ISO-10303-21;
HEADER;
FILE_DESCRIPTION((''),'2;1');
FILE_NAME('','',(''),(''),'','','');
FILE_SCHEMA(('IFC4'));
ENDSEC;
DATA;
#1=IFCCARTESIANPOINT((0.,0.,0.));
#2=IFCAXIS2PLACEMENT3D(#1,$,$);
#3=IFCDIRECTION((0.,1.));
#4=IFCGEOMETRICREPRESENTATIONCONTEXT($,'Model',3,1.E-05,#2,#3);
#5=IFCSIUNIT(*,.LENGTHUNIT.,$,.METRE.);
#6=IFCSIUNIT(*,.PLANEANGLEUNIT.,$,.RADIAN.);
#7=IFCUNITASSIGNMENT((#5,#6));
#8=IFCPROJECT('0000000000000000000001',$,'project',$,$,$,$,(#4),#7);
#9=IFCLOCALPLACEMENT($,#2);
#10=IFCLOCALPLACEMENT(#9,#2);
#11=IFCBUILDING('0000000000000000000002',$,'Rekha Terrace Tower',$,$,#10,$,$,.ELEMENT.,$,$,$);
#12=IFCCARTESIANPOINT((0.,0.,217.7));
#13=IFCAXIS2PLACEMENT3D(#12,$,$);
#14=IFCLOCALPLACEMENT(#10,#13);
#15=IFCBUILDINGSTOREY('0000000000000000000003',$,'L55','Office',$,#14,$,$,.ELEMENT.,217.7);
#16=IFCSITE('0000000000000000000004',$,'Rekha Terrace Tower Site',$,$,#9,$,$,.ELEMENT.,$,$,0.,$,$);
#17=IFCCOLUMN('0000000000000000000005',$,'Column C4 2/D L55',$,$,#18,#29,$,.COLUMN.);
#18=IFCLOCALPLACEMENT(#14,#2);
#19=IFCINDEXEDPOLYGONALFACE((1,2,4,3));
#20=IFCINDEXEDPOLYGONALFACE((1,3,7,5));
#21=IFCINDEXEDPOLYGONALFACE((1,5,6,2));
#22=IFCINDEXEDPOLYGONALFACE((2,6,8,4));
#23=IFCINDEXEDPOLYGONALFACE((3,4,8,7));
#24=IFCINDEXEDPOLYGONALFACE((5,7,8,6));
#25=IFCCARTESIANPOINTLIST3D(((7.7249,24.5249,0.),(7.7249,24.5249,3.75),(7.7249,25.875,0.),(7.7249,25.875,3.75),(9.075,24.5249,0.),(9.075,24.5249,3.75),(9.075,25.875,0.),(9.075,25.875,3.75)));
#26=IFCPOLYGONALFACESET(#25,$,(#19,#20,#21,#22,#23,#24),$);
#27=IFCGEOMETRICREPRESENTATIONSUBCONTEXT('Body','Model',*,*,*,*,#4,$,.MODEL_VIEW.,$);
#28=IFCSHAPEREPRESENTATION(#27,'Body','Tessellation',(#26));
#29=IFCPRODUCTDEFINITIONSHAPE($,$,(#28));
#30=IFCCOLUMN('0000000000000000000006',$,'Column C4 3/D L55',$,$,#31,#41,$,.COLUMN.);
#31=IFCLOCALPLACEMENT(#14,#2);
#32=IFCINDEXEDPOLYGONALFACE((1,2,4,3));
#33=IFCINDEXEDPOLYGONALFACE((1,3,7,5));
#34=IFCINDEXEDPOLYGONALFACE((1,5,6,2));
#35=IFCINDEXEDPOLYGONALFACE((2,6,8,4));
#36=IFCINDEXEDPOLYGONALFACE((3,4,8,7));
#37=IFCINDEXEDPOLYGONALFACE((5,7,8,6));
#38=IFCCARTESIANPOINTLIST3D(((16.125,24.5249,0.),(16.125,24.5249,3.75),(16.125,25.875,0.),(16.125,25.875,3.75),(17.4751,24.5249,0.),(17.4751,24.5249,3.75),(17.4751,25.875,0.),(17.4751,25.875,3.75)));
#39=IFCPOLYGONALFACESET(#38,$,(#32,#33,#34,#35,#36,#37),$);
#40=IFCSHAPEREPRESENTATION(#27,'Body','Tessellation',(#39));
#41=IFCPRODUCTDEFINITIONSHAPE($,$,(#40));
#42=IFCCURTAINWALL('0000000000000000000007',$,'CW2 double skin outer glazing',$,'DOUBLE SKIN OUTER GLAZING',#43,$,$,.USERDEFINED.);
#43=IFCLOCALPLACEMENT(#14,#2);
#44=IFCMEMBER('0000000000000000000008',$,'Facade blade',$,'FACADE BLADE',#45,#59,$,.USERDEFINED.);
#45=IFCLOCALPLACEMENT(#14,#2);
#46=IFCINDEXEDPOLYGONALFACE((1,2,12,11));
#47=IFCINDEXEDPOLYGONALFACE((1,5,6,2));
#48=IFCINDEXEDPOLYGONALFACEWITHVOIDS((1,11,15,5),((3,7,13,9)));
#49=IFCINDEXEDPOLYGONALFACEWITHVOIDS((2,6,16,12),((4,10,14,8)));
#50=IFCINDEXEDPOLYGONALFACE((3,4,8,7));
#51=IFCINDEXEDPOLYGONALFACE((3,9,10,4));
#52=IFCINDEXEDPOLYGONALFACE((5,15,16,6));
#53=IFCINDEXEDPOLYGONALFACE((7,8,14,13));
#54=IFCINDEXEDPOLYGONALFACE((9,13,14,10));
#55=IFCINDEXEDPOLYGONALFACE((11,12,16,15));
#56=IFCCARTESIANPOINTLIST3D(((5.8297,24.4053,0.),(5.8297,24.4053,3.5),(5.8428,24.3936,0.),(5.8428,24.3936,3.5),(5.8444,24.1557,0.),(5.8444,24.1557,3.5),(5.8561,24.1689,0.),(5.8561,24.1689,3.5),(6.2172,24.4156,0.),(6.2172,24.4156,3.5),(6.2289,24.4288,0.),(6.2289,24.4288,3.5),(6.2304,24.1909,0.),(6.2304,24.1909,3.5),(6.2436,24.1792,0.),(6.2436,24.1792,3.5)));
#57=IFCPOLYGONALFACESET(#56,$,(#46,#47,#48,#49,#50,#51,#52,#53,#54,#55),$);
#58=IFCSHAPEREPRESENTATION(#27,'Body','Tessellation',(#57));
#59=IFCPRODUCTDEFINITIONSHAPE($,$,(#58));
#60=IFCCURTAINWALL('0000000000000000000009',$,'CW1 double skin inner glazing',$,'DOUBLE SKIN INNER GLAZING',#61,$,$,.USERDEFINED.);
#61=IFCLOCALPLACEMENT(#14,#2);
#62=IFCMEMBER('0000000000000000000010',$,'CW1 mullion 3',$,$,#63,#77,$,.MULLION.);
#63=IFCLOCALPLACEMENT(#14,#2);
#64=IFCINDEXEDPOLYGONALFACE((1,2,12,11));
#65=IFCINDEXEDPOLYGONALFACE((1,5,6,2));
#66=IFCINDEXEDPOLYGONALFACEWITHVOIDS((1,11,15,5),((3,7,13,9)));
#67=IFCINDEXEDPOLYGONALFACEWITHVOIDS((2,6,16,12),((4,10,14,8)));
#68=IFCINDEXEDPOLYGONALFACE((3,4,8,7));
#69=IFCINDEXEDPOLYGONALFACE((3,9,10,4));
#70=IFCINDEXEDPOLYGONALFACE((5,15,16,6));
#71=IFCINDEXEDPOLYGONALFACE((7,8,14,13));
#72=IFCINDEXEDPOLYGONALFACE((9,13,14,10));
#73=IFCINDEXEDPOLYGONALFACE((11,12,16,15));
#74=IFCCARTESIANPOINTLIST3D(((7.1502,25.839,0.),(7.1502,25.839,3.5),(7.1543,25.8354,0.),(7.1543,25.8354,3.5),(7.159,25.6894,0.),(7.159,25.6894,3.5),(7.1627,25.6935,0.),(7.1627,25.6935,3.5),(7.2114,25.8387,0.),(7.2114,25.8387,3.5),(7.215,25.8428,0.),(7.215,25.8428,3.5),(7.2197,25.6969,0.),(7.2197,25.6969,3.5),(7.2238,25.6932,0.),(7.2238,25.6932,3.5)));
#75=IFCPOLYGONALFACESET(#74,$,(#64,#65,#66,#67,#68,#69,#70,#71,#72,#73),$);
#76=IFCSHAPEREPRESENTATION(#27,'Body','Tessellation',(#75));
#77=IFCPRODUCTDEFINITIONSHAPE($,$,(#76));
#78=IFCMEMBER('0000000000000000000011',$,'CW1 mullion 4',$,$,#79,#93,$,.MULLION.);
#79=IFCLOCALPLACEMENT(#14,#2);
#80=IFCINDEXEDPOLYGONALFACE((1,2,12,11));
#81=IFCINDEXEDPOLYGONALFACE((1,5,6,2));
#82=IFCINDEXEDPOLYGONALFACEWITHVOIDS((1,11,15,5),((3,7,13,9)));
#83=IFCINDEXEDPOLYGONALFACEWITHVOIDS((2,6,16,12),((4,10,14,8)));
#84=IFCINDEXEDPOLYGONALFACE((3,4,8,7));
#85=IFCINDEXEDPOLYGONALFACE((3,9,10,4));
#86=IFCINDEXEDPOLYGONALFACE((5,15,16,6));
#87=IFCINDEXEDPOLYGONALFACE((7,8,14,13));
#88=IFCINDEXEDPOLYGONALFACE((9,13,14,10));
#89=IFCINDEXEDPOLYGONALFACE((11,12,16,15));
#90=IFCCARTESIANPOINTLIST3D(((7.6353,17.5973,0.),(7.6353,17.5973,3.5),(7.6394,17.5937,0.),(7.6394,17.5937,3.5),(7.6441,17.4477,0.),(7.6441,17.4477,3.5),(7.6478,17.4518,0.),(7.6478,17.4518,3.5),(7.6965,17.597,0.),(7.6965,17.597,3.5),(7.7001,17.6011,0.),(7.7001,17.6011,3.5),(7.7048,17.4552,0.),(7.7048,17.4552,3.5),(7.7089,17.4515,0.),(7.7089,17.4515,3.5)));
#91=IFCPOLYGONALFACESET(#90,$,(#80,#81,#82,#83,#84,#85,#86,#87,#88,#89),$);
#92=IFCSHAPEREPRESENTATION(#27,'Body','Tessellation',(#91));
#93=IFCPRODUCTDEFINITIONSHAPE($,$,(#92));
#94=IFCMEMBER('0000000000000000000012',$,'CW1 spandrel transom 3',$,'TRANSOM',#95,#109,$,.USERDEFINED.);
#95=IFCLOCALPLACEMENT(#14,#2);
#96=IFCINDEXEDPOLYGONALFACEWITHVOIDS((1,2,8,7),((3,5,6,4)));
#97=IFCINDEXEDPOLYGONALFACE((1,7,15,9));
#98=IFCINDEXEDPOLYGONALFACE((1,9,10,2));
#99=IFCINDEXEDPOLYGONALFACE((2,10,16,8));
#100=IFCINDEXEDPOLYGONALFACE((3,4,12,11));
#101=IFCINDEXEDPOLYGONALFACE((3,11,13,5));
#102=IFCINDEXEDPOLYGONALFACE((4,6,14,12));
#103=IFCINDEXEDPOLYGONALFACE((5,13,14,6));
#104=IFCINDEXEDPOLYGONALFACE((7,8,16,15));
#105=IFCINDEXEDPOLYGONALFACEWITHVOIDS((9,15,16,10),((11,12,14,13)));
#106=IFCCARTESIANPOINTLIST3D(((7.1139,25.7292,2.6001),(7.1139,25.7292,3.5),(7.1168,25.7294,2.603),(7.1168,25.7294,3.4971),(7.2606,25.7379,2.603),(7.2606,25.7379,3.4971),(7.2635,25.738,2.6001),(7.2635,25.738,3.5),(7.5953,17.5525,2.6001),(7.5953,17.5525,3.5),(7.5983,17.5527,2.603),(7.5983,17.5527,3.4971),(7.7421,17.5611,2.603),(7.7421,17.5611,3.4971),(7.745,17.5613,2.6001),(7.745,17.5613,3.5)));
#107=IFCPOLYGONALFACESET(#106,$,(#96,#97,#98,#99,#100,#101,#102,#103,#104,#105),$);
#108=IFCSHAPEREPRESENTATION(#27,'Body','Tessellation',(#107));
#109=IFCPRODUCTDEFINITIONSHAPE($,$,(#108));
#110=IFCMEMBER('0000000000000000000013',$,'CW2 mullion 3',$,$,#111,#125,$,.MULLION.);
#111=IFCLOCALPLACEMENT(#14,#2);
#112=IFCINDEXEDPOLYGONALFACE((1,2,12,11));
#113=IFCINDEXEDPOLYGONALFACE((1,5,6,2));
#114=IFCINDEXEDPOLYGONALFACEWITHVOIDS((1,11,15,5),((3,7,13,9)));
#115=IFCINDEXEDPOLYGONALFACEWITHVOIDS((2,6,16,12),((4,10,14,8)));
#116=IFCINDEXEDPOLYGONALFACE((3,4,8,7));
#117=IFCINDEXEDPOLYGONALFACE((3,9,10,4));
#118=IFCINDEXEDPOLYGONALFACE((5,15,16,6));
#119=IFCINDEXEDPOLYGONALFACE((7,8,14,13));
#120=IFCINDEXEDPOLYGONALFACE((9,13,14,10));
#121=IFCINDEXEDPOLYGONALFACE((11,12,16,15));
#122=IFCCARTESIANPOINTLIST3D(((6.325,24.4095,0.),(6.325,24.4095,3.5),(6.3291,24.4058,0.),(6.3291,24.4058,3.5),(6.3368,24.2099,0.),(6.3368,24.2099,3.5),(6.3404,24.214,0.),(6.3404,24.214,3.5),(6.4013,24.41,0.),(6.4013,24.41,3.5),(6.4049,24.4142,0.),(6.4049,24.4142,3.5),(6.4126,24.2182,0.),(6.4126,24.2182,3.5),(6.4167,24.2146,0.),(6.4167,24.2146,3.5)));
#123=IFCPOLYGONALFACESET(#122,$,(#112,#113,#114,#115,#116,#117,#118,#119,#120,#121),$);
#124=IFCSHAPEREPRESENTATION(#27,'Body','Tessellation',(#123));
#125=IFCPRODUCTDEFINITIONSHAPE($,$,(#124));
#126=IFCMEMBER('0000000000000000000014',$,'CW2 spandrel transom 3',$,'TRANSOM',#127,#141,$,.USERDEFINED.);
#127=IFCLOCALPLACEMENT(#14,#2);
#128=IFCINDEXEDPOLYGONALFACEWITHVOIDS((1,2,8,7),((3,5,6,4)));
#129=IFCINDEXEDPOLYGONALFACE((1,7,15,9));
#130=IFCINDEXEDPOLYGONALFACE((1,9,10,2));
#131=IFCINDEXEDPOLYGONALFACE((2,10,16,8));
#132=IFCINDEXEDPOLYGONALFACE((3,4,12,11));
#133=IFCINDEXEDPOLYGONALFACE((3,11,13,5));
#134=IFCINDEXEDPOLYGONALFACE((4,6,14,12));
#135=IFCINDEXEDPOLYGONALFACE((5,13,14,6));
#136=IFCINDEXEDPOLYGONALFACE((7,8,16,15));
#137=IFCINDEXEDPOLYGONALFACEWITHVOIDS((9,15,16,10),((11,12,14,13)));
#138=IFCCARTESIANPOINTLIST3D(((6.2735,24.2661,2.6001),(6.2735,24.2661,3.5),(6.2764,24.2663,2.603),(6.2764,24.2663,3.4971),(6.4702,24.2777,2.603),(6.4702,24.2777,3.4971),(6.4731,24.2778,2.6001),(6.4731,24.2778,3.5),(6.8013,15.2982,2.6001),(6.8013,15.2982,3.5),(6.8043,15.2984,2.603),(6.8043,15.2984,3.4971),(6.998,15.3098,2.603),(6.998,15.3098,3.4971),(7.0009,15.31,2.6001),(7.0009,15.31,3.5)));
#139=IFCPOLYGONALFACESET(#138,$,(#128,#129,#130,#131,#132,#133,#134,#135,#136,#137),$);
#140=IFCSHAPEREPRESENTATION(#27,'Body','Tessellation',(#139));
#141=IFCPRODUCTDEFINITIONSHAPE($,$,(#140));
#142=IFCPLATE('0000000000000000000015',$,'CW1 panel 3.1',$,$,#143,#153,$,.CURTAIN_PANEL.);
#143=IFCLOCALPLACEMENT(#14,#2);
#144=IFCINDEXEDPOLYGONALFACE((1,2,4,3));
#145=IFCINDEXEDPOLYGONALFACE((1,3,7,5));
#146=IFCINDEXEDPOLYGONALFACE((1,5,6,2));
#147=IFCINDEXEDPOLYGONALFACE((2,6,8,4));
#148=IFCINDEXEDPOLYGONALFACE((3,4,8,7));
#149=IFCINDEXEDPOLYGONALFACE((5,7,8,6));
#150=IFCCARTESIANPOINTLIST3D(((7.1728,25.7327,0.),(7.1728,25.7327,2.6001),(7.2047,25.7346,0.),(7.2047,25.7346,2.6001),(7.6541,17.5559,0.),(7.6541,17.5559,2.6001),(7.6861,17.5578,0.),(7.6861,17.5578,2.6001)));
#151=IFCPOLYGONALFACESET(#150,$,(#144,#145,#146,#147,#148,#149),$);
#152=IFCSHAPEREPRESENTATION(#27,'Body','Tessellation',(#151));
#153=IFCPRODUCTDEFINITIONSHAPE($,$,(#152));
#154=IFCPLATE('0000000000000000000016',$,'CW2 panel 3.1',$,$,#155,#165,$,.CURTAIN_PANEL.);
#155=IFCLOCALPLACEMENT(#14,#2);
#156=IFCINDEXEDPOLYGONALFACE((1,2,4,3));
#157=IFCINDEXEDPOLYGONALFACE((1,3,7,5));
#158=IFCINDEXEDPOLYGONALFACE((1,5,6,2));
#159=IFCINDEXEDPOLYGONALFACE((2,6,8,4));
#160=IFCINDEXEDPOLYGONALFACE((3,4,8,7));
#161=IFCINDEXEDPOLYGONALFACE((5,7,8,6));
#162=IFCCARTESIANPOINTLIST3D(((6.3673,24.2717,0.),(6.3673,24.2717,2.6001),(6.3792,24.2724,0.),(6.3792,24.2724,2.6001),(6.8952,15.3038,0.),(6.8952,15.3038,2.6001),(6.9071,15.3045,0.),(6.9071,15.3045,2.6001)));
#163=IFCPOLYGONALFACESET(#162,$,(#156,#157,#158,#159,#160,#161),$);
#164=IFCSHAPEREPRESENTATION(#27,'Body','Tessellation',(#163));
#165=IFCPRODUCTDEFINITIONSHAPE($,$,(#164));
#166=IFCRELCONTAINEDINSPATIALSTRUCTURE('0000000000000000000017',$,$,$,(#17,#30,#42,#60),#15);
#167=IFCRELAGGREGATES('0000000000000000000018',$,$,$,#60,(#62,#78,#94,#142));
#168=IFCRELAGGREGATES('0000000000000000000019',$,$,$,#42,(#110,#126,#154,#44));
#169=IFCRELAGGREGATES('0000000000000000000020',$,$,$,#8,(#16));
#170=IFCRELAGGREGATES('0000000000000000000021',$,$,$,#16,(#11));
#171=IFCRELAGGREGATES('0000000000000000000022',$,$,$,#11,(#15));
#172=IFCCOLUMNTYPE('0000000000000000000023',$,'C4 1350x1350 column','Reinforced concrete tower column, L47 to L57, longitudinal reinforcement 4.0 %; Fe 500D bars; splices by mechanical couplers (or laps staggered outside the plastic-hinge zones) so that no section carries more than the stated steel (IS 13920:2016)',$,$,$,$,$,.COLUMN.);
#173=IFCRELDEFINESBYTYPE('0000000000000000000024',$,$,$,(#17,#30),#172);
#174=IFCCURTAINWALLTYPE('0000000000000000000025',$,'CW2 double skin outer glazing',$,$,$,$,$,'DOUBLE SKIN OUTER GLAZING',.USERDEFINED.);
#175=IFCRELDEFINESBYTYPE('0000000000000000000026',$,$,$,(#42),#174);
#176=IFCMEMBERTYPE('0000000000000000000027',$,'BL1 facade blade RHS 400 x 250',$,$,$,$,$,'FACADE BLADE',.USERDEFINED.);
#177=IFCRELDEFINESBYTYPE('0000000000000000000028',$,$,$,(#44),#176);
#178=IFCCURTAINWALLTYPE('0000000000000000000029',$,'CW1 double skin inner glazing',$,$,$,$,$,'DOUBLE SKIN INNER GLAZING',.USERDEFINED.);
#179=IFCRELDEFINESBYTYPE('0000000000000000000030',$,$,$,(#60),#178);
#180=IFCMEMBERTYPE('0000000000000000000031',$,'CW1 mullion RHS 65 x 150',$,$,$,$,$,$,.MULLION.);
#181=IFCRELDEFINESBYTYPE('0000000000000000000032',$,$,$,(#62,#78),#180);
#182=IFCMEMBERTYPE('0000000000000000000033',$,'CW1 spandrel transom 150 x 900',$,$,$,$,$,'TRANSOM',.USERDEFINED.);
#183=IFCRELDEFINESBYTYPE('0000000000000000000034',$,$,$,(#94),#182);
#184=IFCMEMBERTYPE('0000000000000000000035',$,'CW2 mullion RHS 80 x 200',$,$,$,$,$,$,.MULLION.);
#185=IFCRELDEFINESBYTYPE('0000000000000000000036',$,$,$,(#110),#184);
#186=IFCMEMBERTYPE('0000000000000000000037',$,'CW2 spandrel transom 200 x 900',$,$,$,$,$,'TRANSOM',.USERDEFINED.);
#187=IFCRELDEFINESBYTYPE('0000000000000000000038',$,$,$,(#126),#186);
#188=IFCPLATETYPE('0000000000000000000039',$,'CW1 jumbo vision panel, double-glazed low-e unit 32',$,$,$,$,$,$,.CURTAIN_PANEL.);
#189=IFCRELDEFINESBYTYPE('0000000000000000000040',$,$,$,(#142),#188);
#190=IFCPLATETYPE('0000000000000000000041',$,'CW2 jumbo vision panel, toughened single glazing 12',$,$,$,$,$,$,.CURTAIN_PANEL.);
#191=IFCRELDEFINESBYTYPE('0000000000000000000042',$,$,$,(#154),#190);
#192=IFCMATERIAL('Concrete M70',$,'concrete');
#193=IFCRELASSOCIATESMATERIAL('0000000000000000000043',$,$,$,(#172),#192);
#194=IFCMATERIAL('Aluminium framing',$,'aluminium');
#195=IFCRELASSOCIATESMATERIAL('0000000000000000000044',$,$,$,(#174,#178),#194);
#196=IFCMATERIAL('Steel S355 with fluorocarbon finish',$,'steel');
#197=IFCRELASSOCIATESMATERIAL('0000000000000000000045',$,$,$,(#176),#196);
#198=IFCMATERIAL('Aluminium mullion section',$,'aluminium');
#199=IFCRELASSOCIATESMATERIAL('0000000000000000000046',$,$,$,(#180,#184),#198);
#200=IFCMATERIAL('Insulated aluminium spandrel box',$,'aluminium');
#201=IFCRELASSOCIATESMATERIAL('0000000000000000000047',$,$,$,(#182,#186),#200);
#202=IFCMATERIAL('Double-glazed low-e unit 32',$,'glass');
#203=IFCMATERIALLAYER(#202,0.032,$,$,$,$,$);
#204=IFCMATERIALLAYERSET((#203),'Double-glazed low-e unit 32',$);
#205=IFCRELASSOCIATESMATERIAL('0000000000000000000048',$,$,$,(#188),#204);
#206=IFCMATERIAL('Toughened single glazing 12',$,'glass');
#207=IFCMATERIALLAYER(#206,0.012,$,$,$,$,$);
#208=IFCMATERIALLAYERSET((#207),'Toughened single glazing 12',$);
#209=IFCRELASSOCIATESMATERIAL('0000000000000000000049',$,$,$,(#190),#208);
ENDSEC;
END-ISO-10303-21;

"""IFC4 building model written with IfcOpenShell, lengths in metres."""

from ifc_helpers import new_model, si_unit, direction, frame, origin, origin_2d, place, context, subcontext, project, spatial, rectangle, hollow_rectangle, extrude, material, layer, layer_set, material_profile, profile_set, type_object, element, aggregate, save


model = new_model("IFC4")

# Units and contexts
model_context = context("Model", 3, precision=1e-05, world=origin(), true_north=direction((0.0, 1.0)))
body_context = subcontext(model_context, "Body", "Model", "MODEL_VIEW")
ifc_project = project(units=[si_unit("LENGTHUNIT", "METRE"), si_unit("PLANEANGLEUNIT", "RADIAN")], contexts=[model_context])

# Site, building, storey
site_placement = place(None, origin())
site = spatial("IfcSite", under=ifc_project, at=site_placement, Name="Rekha Terrace Tower Site", CompositionType="ELEMENT", RefElevation=0.0)
building_placement = place(site_placement, origin())
building = spatial("IfcBuilding", under=site, at=building_placement, Name="Rekha Terrace Tower", CompositionType="ELEMENT")
storey_placement = place(building_placement, frame((0.0, 0.0, 217.7)))
storey = spatial("IfcBuildingStorey", under=building, at=storey_placement, Name="L55", Description="Office", CompositionType="ELEMENT", Elevation=217.7)

# Columns
ifc_material_1 = material(Name="Concrete M70", Category="concrete")
ifc_material_profile_1 = material_profile(ifc_material_1, rectangle(XDim=1.3501, YDim=1.3501, at=origin_2d()), Name="RC 1350x1350")
ifc_profile_set_1 = profile_set([ifc_material_profile_1], Name="Concrete M70")
column_type = type_object("IfcColumnType", Name="C4 1350x1350 column", Description="Reinforced concrete tower column, L47 to L57, longitudinal reinforcement 4.0 %; Fe 500D bars; splices by mechanical couplers (or laps staggered outside the plastic-hinge zones) so that no section carries more than the stated steel (IS 13920:2016)", PredefinedType="COLUMN", material=ifc_profile_set_1)
for number, where, z_axis, x_axis, name in (
    (1, (8.3999, 25.2, 0.0), (0.0, 0.0, 1.0), (1.0, 0.0, 0.0), "Column C4 2/D L55"),
    (2, (16.8, 25.2, 0.0), (0.0, 0.0, 1.0), (1.0, 0.0, 0.0), "Column C4 3/D L55"),
):
    element("IfcColumn", number, at=place(storey_placement, frame(where, z_axis=z_axis, x_axis=x_axis)), inside=storey, type_object=column_type, Name=name, PredefinedType="COLUMN", context=body_context, shape_type="SweptSolid", body=[
        extrude(rectangle(XDim=1.3501, YDim=1.3501, at=origin_2d()), origin(), (0.0, 0.0, 1.0), 3.75),
    ])

# Curtain wall, member
ifc_material_2 = material(Name="Aluminium framing", Category="aluminium")
curtain_wall_type_1 = type_object("IfcCurtainWallType", Name="CW2 double skin outer glazing", ElementType="DOUBLE SKIN OUTER GLAZING", PredefinedType="USERDEFINED", material=ifc_material_2)
curtain_wall_1_placement = place(storey_placement, origin())
curtain_wall_1 = element("IfcCurtainWall", 3, at=curtain_wall_1_placement, inside=storey, type_object=curtain_wall_type_1, Name="CW2 double skin outer glazing", ObjectType="DOUBLE SKIN OUTER GLAZING", PredefinedType="USERDEFINED")
ifc_material_3 = material(Name="Steel S355 with fluorocarbon finish", Category="steel")
ifc_material_profile_2 = material_profile(ifc_material_3, hollow_rectangle(XDim=0.25, YDim=0.3999, WallThickness=0.0125, at=origin_2d()), Name="RHS400x250x12.5")
ifc_profile_set_2 = profile_set([ifc_material_profile_2], Name="Steel S355 with fluorocarbon finish")
member_type_1 = type_object("IfcMemberType", Name="BL1 facade blade RHS 400 x 250", ElementType="FACADE BLADE", PredefinedType="USERDEFINED", material=ifc_profile_set_2)
member_1_placement = place(storey_placement, frame((6.0366, 24.2922, 0.0), z_axis=(0.0, 0.0, 1.0), x_axis=(0.058765, -0.998272, 0.0)))
member_1 = element("IfcMember", 4, at=member_1_placement, type_object=member_type_1, Name="Facade blade", ObjectType="FACADE BLADE", PredefinedType="USERDEFINED", context=body_context, shape_type="SweptSolid", body=[
    extrude(hollow_rectangle(XDim=0.25, YDim=0.3999, WallThickness=0.0125, at=origin_2d()), origin(), (0.0, 0.0, 1.0), 3.5),
])

# Curtain wall, members
curtain_wall_type_2 = type_object("IfcCurtainWallType", Name="CW1 double skin inner glazing", ElementType="DOUBLE SKIN INNER GLAZING", PredefinedType="USERDEFINED", material=ifc_material_2)
curtain_wall_2_placement = place(storey_placement, origin())
curtain_wall_2 = element("IfcCurtainWall", 5, at=curtain_wall_2_placement, inside=storey, type_object=curtain_wall_type_2, Name="CW1 double skin inner glazing", ObjectType="DOUBLE SKIN INNER GLAZING", PredefinedType="USERDEFINED")
ifc_material_4 = material(Name="Aluminium mullion section", Category="aluminium")
ifc_material_profile_3 = material_profile(ifc_material_4, hollow_rectangle(XDim=0.0649, YDim=0.1499, WallThickness=0.0039, at=origin_2d()), Name="AL RHS 65x150")
ifc_profile_set_3 = profile_set([ifc_material_profile_3], Name="Aluminium mullion section")
member_type_2 = type_object("IfcMemberType", Name="CW1 mullion RHS 65 x 150", PredefinedType="MULLION", material=ifc_profile_set_3)
member_2_placement = place(storey_placement, frame((7.187, 25.7661, 0.0), z_axis=(0.0, 0.0, 1.0), x_axis=(0.998272, 0.058765, 0.0)))
member_2 = element("IfcMember", 6, at=member_2_placement, type_object=member_type_2, Name="CW1 mullion 3", PredefinedType="MULLION", context=body_context, shape_type="SweptSolid", body=[
    extrude(hollow_rectangle(XDim=0.0649, YDim=0.1499, WallThickness=0.0039, at=origin_2d()), origin(), (0.0, 0.0, 1.0), 3.5),
])
member_3_placement = place(storey_placement, frame((7.6721, 17.5244, 0.0), z_axis=(0.0, 0.0, 1.0), x_axis=(0.998272, 0.058765, 0.0)))
member_3 = element("IfcMember", 7, at=member_3_placement, type_object=member_type_2, Name="CW1 mullion 4", PredefinedType="MULLION", context=body_context, shape_type="SweptSolid", body=[
    extrude(hollow_rectangle(XDim=0.0649, YDim=0.1499, WallThickness=0.0039, at=origin_2d()), origin(), (0.0, 0.0, 1.0), 3.5),
])
ifc_material_5 = material(Name="Insulated aluminium spandrel box", Category="aluminium")
ifc_material_profile_4 = material_profile(ifc_material_5, hollow_rectangle(XDim=0.1499, YDim=0.8999, WallThickness=0.0029, at=origin_2d()), Name="AL SPANDREL BOX 150x900")
ifc_profile_set_4 = profile_set([ifc_material_profile_4], Name="Insulated aluminium spandrel box")
member_type_3 = type_object("IfcMemberType", Name="CW1 spandrel transom 150 x 900", ElementType="TRANSOM", PredefinedType="USERDEFINED", material=ifc_profile_set_4)
member_4_placement = place(storey_placement, frame((7.1887, 25.7336, 3.05), z_axis=(0.058778, -0.998271, 0.0), x_axis=(0.998271, 0.058778, 0.0)))
member_4 = element("IfcMember", 8, at=member_4_placement, type_object=member_type_3, Name="CW1 spandrel transom 3", ObjectType="TRANSOM", PredefinedType="USERDEFINED", context=body_context, shape_type="SweptSolid", body=[
    extrude(hollow_rectangle(XDim=0.1499, YDim=0.8999, WallThickness=0.0029, at=origin_2d()), origin(), (0.0, 0.0, 1.0), 8.1909),
])

# Members
ifc_material_profile_5 = material_profile(ifc_material_4, hollow_rectangle(XDim=0.0801, YDim=0.2, WallThickness=0.0039, at=origin_2d()), Name="AL RHS 80x200")
ifc_profile_set_5 = profile_set([ifc_material_profile_5], Name="Aluminium mullion section")
member_type_4 = type_object("IfcMemberType", Name="CW2 mullion RHS 80 x 200", PredefinedType="MULLION", material=ifc_profile_set_5)
member_5_placement = place(storey_placement, frame((6.3708, 24.312, 0.0), z_axis=(0.0, 0.0, 1.0), x_axis=(0.998272, 0.058765, 0.0)))
member_5 = element("IfcMember", 9, at=member_5_placement, type_object=member_type_4, Name="CW2 mullion 3", PredefinedType="MULLION", context=body_context, shape_type="SweptSolid", body=[
    extrude(hollow_rectangle(XDim=0.0801, YDim=0.2, WallThickness=0.0039, at=origin_2d()), origin(), (0.0, 0.0, 1.0), 3.5),
])
ifc_material_profile_6 = material_profile(ifc_material_5, hollow_rectangle(XDim=0.2, YDim=0.8999, WallThickness=0.0029, at=origin_2d()), Name="AL SPANDREL BOX 200x900")
ifc_profile_set_6 = profile_set([ifc_material_profile_6], Name="Insulated aluminium spandrel box")
member_type_5 = type_object("IfcMemberType", Name="CW2 spandrel transom 200 x 900", ElementType="TRANSOM", PredefinedType="USERDEFINED", material=ifc_profile_set_6)
member_6_placement = place(storey_placement, frame((6.3733, 24.272, 3.05), z_axis=(0.058757, -0.998272, 0.0), x_axis=(0.998272, 0.058757, 0.0)))
member_6 = element("IfcMember", 10, at=member_6_placement, type_object=member_type_5, Name="CW2 spandrel transom 3", ObjectType="TRANSOM", PredefinedType="USERDEFINED", context=body_context, shape_type="SweptSolid", body=[
    extrude(hollow_rectangle(XDim=0.2, YDim=0.8999, WallThickness=0.0029, at=origin_2d()), origin(), (0.0, 0.0, 1.0), 8.9834),
])

# Plates
ifc_material_6 = material(Name="Double-glazed low-e unit 32", Category="glass")
ifc_layer_1 = layer(ifc_material_6, 0.032)
ifc_layer_set_1 = layer_set([ifc_layer_1], Name="Double-glazed low-e unit 32")
plate_type_1 = type_object("IfcPlateType", Name="CW1 jumbo vision panel, double-glazed low-e unit 32", PredefinedType="CURTAIN_PANEL", material=ifc_layer_set_1)
plate_1_placement = place(storey_placement, frame((7.4294, 21.6453, 0.0), z_axis=(0.0, 0.0, 1.0), x_axis=(0.058765, -0.998272, 0.0)))
plate_1 = element("IfcPlate", 11, at=plate_1_placement, type_object=plate_type_1, Name="CW1 panel 3.1", PredefinedType="CURTAIN_PANEL", context=body_context, shape_type="SweptSolid", body=[
    extrude(rectangle(XDim=8.1909, YDim=0.032, at=origin_2d()), origin(), (0.0, 0.0, 1.0), 2.6001),
])
aggregate(curtain_wall_2, [member_2, member_3, member_4, plate_1])
ifc_material_7 = material(Name="Toughened single glazing 12", Category="glass")
ifc_layer_2 = layer(ifc_material_7, 0.012)
ifc_layer_set_2 = layer_set([ifc_layer_2], Name="Toughened single glazing 12")
plate_type_2 = type_object("IfcPlateType", Name="CW2 jumbo vision panel, toughened single glazing 12", PredefinedType="CURTAIN_PANEL", material=ifc_layer_set_2)
plate_2_placement = place(storey_placement, frame((6.6372, 19.7881, 0.0), z_axis=(0.0, 0.0, 1.0), x_axis=(0.058765, -0.998272, 0.0)))
plate_2 = element("IfcPlate", 12, at=plate_2_placement, type_object=plate_type_2, Name="CW2 panel 3.1", PredefinedType="CURTAIN_PANEL", context=body_context, shape_type="SweptSolid", body=[
    extrude(rectangle(XDim=8.9834, YDim=0.012, at=origin_2d()), origin(), (0.0, 0.0, 1.0), 2.6001),
])
aggregate(curtain_wall_1, [member_5, member_6, plate_2, member_1])

save(model, "model.ifc")
